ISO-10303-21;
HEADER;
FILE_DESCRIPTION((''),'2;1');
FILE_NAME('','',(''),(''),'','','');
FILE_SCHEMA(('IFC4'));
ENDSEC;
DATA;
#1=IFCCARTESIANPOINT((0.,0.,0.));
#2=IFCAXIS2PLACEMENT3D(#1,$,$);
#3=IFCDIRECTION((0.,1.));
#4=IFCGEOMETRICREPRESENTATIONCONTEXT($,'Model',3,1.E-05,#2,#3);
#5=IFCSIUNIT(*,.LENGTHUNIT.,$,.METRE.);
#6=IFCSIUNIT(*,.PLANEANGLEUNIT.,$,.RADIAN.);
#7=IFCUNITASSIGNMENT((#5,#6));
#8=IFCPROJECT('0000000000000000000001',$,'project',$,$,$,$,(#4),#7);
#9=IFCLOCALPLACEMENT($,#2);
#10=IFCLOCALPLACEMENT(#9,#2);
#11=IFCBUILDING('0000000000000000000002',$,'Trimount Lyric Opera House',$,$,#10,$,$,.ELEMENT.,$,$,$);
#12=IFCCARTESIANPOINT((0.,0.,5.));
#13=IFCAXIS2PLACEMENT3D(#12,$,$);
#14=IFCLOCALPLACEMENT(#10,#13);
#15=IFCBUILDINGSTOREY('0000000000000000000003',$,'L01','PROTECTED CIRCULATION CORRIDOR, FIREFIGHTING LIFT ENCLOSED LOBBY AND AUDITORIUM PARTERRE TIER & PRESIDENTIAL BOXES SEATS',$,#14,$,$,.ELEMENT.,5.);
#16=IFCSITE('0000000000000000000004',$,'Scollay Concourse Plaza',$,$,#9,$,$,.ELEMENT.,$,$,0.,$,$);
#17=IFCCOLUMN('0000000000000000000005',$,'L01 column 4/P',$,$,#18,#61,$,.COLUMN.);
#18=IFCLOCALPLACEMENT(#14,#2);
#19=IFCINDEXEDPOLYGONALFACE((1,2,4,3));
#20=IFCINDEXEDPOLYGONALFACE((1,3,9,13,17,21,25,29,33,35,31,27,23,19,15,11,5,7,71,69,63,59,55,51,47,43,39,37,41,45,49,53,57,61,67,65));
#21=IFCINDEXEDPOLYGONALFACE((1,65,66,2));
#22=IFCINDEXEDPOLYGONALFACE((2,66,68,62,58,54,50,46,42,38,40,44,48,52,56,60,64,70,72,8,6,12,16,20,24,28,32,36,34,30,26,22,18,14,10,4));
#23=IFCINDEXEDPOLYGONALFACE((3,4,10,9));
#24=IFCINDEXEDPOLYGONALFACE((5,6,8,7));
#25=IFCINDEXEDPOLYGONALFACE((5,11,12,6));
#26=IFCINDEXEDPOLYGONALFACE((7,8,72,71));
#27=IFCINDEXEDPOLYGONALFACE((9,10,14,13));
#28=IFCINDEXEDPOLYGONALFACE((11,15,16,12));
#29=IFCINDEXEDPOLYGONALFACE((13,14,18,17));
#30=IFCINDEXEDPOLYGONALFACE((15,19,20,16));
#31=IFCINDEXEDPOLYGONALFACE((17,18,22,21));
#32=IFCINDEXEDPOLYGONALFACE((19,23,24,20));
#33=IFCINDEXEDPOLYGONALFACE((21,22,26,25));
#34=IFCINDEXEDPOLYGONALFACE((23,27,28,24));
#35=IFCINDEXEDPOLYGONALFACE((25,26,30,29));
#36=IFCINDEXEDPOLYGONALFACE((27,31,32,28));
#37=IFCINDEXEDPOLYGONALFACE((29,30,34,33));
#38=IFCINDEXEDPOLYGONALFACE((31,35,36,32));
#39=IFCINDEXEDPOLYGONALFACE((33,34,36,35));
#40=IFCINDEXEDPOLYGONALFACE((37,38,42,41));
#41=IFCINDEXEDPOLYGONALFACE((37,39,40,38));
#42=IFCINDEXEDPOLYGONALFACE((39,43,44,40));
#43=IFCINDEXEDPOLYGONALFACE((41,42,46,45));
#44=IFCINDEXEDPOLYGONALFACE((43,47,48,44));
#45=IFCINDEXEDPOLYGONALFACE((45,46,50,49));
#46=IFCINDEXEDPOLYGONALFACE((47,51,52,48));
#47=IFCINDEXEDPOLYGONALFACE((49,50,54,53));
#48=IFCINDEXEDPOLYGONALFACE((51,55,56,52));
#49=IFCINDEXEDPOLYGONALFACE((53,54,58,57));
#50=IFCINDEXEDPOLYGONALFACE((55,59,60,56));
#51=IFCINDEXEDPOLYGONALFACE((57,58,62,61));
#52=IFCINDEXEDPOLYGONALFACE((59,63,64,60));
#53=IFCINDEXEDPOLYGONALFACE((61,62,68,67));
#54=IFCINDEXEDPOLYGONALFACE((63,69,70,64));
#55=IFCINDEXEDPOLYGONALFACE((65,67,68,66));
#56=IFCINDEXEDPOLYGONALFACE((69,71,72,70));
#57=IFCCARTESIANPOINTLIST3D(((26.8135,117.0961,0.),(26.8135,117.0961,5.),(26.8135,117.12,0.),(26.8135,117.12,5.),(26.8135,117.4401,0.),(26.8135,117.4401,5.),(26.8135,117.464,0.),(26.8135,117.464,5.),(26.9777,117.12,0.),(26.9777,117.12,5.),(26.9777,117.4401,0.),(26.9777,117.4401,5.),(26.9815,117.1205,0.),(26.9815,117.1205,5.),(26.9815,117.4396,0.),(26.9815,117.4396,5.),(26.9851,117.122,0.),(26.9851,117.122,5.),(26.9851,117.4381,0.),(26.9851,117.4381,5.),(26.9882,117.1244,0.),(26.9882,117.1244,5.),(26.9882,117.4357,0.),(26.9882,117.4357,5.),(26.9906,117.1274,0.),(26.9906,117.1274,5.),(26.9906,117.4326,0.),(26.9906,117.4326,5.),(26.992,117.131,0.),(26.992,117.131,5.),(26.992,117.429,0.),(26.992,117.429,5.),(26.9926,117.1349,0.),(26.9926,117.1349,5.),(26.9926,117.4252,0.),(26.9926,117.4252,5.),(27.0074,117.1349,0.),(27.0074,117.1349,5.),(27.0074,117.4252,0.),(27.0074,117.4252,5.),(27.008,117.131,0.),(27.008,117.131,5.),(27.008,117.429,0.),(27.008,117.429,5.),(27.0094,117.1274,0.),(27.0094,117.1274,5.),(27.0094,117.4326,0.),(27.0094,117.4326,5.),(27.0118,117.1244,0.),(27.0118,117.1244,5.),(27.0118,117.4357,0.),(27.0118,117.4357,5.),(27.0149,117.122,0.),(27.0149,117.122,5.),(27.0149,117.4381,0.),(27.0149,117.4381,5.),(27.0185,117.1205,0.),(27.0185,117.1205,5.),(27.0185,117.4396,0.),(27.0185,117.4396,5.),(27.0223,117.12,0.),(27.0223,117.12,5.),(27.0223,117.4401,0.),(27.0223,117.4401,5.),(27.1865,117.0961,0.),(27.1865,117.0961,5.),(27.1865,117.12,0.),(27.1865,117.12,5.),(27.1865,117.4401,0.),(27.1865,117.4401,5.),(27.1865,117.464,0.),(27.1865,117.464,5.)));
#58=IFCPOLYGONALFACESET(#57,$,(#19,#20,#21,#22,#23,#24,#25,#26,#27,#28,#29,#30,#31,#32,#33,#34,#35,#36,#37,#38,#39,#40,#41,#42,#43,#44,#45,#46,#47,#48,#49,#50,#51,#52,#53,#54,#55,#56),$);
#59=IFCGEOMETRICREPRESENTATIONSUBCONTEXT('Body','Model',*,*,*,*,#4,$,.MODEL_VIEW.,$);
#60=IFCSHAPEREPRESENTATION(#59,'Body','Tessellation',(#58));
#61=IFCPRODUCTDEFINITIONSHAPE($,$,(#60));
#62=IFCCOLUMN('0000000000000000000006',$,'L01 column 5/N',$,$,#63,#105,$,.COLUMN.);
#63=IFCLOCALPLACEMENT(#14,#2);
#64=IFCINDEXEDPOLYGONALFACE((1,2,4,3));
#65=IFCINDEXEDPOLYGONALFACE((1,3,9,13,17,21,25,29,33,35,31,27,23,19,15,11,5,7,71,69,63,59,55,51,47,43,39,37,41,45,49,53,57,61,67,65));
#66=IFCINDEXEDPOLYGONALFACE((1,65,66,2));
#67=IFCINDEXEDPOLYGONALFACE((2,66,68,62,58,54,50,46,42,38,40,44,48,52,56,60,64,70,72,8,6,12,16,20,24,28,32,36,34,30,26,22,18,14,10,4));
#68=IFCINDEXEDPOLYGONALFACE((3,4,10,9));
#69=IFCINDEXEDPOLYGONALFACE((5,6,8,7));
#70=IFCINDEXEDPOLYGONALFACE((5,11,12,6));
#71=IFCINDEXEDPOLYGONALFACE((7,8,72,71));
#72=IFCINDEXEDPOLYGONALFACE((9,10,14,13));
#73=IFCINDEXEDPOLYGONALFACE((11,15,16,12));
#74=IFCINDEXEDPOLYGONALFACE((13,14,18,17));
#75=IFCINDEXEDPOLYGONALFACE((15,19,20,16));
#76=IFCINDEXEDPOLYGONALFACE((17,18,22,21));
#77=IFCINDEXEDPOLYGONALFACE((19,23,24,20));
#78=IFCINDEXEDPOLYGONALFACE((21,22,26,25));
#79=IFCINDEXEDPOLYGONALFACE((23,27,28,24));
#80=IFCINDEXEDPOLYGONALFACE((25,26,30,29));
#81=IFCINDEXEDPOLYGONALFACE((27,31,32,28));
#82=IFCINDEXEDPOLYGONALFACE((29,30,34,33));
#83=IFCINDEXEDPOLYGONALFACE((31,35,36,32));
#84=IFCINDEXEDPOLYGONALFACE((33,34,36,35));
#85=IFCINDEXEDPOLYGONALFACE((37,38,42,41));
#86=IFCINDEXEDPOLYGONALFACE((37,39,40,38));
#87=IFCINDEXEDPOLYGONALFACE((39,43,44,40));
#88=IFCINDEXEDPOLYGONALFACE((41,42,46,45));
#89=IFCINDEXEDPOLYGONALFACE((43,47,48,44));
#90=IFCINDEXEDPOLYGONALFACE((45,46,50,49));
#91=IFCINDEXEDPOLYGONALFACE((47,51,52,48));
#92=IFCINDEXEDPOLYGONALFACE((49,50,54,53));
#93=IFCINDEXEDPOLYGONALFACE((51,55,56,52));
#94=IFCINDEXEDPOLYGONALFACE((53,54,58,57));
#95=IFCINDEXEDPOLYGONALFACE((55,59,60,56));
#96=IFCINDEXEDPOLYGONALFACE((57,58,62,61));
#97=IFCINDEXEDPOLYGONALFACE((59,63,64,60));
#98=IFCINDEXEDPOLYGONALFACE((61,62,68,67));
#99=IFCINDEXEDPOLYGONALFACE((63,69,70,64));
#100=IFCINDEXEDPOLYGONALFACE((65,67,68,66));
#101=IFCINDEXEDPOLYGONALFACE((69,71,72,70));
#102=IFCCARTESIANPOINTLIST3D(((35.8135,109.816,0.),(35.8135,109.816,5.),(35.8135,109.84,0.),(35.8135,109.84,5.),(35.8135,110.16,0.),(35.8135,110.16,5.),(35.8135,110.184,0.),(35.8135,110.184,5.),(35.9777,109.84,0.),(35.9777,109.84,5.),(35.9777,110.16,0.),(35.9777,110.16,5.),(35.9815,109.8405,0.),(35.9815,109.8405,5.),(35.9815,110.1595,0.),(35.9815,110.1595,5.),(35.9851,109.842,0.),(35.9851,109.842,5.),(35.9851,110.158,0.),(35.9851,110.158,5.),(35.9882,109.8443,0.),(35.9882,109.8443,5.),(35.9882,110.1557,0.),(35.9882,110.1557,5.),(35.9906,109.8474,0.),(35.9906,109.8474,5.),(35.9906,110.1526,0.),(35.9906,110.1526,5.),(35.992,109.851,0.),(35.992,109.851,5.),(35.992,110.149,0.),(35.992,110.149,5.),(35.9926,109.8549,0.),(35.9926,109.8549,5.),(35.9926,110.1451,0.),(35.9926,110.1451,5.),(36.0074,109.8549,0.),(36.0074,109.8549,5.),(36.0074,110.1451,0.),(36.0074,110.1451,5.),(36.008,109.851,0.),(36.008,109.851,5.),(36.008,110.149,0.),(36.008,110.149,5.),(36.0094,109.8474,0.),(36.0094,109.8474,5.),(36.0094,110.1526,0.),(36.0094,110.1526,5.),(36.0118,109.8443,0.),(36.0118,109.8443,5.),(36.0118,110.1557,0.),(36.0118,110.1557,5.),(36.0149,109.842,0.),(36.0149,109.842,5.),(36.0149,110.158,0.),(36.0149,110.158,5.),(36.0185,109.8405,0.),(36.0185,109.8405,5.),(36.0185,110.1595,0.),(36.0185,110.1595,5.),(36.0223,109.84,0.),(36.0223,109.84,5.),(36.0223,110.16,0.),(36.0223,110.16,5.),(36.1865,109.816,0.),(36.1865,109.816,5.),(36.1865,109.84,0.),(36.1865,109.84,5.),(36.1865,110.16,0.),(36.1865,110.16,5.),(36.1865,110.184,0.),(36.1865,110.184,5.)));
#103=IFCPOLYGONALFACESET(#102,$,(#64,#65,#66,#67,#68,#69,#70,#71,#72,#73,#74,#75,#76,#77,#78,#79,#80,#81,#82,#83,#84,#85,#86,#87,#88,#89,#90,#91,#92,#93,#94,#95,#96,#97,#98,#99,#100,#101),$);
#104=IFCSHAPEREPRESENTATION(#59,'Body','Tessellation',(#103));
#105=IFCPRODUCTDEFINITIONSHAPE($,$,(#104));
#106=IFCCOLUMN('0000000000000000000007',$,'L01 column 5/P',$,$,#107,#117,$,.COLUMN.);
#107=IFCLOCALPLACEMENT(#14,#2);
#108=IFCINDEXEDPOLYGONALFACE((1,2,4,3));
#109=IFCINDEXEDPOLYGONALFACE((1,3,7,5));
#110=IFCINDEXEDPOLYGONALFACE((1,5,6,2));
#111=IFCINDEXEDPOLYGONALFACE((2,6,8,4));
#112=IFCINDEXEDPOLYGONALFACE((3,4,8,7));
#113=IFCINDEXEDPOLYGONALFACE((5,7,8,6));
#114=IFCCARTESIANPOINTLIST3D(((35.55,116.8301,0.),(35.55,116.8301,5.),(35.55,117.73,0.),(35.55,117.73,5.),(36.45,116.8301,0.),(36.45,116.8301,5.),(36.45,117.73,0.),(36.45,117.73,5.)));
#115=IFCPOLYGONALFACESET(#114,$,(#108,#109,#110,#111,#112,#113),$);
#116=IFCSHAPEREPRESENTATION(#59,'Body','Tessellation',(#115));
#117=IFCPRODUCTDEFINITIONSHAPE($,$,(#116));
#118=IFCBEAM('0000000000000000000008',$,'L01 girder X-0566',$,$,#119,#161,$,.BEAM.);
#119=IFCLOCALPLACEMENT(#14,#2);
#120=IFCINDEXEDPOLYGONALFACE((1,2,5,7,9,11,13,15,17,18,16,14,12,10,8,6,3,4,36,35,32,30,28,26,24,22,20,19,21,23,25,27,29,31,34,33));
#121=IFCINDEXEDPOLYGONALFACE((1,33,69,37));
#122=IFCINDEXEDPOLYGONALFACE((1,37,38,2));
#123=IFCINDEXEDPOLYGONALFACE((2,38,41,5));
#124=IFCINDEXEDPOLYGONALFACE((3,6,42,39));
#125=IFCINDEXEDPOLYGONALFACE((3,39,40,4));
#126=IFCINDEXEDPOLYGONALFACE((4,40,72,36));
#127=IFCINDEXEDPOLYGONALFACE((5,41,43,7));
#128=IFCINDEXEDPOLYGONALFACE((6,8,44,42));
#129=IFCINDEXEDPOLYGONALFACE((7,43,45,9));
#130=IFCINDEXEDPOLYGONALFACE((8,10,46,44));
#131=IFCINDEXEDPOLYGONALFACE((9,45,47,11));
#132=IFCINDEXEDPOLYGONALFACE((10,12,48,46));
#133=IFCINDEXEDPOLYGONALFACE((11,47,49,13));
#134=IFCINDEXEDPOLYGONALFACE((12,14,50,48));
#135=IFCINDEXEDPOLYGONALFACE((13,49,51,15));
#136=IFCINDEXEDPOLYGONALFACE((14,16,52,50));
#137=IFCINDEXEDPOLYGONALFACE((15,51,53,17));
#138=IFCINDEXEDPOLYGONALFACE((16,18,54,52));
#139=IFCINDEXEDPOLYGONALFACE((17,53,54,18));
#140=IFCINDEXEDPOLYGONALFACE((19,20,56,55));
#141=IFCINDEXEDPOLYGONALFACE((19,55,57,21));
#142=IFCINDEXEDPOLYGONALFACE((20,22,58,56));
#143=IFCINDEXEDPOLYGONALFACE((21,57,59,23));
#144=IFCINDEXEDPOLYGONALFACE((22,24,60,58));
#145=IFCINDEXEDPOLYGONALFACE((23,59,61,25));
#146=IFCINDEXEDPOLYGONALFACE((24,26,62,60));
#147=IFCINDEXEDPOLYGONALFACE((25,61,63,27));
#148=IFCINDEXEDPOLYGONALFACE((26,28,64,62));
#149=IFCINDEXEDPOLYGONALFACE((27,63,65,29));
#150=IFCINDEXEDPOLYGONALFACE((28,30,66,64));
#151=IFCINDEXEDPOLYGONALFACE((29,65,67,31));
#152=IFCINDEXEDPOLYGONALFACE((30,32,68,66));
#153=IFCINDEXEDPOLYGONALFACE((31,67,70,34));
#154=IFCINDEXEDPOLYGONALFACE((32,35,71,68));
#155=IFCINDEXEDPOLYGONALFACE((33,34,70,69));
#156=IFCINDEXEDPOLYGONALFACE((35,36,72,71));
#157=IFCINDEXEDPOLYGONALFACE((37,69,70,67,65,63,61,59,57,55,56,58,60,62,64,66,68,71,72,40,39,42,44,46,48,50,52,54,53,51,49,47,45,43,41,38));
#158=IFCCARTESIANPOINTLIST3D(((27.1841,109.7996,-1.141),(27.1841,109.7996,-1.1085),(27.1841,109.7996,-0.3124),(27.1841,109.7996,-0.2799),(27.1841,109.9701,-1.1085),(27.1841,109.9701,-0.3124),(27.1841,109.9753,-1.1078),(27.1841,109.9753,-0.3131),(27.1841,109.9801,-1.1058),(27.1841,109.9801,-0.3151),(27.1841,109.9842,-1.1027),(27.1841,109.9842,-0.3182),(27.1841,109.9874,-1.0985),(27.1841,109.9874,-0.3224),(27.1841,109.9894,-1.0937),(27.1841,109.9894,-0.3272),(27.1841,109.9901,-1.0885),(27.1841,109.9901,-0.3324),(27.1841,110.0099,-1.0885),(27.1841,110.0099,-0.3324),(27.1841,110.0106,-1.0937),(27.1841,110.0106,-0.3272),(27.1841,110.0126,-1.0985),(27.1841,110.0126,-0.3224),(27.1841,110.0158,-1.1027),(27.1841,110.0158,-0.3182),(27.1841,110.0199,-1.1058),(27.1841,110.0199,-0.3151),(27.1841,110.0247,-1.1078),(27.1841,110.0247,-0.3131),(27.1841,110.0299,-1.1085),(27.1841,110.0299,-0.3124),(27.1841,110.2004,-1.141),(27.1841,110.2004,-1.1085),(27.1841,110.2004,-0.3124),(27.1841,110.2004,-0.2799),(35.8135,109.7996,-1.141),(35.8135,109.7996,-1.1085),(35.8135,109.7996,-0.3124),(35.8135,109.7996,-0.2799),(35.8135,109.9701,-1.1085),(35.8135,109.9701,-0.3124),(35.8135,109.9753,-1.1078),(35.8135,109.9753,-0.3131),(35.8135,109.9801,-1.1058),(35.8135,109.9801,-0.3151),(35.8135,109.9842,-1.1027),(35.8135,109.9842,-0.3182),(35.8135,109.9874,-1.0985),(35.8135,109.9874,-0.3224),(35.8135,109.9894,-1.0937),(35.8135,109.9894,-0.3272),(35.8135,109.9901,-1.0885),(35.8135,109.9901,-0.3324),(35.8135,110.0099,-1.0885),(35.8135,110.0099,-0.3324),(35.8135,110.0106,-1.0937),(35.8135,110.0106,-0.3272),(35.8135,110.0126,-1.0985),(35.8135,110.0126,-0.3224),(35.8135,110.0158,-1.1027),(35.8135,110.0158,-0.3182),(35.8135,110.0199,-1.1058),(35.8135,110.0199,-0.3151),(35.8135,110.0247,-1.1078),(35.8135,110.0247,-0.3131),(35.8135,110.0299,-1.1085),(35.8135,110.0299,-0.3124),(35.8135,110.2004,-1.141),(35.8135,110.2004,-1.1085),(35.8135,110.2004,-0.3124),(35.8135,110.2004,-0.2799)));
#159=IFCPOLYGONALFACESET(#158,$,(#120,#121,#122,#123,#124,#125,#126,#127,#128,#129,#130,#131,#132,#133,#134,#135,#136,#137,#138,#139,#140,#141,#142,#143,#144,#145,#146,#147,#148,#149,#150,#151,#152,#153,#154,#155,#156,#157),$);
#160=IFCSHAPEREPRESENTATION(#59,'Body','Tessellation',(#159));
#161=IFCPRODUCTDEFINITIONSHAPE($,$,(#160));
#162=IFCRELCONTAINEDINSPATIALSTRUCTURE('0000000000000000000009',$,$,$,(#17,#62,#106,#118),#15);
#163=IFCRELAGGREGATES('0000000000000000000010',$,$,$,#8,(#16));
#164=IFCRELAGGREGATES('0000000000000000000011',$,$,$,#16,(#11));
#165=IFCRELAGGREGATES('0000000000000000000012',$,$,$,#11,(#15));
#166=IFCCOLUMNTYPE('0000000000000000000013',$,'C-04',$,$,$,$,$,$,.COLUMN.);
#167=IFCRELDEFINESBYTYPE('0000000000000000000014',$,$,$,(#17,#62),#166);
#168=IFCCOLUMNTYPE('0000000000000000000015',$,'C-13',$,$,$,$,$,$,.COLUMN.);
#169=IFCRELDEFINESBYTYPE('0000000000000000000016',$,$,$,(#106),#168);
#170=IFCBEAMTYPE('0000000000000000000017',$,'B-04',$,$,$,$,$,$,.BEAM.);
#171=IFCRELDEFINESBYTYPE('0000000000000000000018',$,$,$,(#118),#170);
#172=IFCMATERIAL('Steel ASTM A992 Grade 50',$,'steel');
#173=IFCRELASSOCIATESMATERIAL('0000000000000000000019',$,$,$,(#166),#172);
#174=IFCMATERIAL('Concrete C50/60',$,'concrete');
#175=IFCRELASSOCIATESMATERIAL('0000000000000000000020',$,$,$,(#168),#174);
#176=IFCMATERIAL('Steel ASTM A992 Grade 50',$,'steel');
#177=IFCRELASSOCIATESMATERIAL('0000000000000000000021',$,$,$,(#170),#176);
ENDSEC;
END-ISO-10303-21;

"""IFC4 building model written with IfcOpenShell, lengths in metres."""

from ifc_helpers import new_model, si_unit, direction, frame, origin, origin_2d, place, context, subcontext, project, spatial, rectangle, i_section, extrude, material, material_profile, profile_set, type_object, element, save


model = new_model("IFC4")

# Units and contexts
model_context = context("Model", 3, precision=1e-05, world=origin(), true_north=direction((0.0, 1.0)))
body_context = subcontext(model_context, "Body", "Model", "MODEL_VIEW")
ifc_project = project(units=[si_unit("LENGTHUNIT", "METRE"), si_unit("PLANEANGLEUNIT", "RADIAN")], contexts=[model_context])

# Site, building, storey
site_placement = place(None, origin())
site = spatial("IfcSite", under=ifc_project, at=site_placement, Name="Scollay Concourse Plaza", CompositionType="ELEMENT", RefElevation=0.0)
building_placement = place(site_placement, origin())
building = spatial("IfcBuilding", under=site, at=building_placement, Name="Trimount Lyric Opera House", CompositionType="ELEMENT")
storey_placement = place(building_placement, frame((0.0, 0.0, 5.0)))
storey = spatial("IfcBuildingStorey", under=building, at=storey_placement, Name="L01", Description="PROTECTED CIRCULATION CORRIDOR, FIREFIGHTING LIFT ENCLOSED LOBBY AND AUDITORIUM PARTERRE TIER & PRESIDENTIAL BOXES SEATS", CompositionType="ELEMENT", Elevation=5.0)

# Columns
ifc_material_1 = material(Name="Steel ASTM A992 Grade 50", Category="steel")
ifc_material_profile_1 = material_profile(ifc_material_1, i_section(OverallWidth=0.373, OverallDepth=0.3679, WebThickness=0.0149, FlangeThickness=0.0239, FilletRadius=0.0149, at=origin_2d()), Name="W14X120")
ifc_profile_set_1 = profile_set([ifc_material_profile_1], Name="Steel ASTM A992 Grade 50")
column_type_1 = type_object("IfcColumnType", Name="C-04", PredefinedType="COLUMN", material=ifc_profile_set_1)
for number, where, z_axis, x_axis, name in (
    (1, (27.0, 117.28, 0.0), (0.0, 0.0, 1.0), (1.0, 0.0, 0.0), "L01 column 4/P"),
    (2, (36.0, 110.0, 0.0), (0.0, 0.0, 1.0), (1.0, 0.0, 0.0), "L01 column 5/N"),
):
    element("IfcColumn", number, at=place(storey_placement, frame(where, z_axis=z_axis, x_axis=x_axis)), inside=storey, type_object=column_type_1, Name=name, PredefinedType="COLUMN", context=body_context, shape_type="SweptSolid", body=[
        extrude(i_section(OverallWidth=0.373, OverallDepth=0.3679, WebThickness=0.0149, FlangeThickness=0.0239, FilletRadius=0.0149, at=origin_2d()), origin(), (0.0, 0.0, 1.0), 5.0),
    ])
ifc_material_2 = material(Name="Concrete C50/60", Category="concrete")
ifc_material_profile_2 = material_profile(ifc_material_2, rectangle(XDim=0.8999, YDim=0.8999, at=origin_2d()), Name="RC900X900")
ifc_profile_set_2 = profile_set([ifc_material_profile_2], Name="Concrete C50/60")
column_type_2 = type_object("IfcColumnType", Name="C-13", PredefinedType="COLUMN", material=ifc_profile_set_2)
column_placement = place(storey_placement, frame((36.0, 117.28, 0.0), z_axis=(0.0, 0.0, 1.0), x_axis=(1.0, 0.0, 0.0)))
element("IfcColumn", 3, at=column_placement, inside=storey, type_object=column_type_2, Name="L01 column 5/P", PredefinedType="COLUMN", context=body_context, shape_type="SweptSolid", body=[
    extrude(rectangle(XDim=0.8999, YDim=0.8999, at=origin_2d()), origin(), (0.0, 0.0, 1.0), 5.0),
])

# Beam
ifc_material_3 = material(Name="Steel ASTM A992 Grade 50", Category="steel")
ifc_material_profile_3 = material_profile(ifc_material_3, i_section(OverallWidth=0.4009, OverallDepth=0.8611, WebThickness=0.0198, FlangeThickness=0.0325, FilletRadius=0.02, at=origin_2d()), Name="W33X221")
ifc_profile_set_3 = profile_set([ifc_material_profile_3], Name="Steel ASTM A992 Grade 50")
beam_type_1 = type_object("IfcBeamType", Name="B-04", PredefinedType="BEAM", material=ifc_profile_set_3)
beam_1_placement = place(storey_placement, frame((27.1841, 110.0, -0.7104), z_axis=(1.0, 0.0, 0.0), x_axis=(0.0, 1.0, 0.0)))
element("IfcBeam", 4, at=beam_1_placement, inside=storey, type_object=beam_type_1, Name="L01 girder X-0566", PredefinedType="BEAM", context=body_context, shape_type="SweptSolid", body=[
    extrude(i_section(OverallWidth=0.4009, OverallDepth=0.8611, WebThickness=0.0198, FlangeThickness=0.0325, FilletRadius=0.02, at=origin_2d()), origin(), (0.0, 0.0, 1.0), 8.6294),
])

save(model, "model.ifc")
